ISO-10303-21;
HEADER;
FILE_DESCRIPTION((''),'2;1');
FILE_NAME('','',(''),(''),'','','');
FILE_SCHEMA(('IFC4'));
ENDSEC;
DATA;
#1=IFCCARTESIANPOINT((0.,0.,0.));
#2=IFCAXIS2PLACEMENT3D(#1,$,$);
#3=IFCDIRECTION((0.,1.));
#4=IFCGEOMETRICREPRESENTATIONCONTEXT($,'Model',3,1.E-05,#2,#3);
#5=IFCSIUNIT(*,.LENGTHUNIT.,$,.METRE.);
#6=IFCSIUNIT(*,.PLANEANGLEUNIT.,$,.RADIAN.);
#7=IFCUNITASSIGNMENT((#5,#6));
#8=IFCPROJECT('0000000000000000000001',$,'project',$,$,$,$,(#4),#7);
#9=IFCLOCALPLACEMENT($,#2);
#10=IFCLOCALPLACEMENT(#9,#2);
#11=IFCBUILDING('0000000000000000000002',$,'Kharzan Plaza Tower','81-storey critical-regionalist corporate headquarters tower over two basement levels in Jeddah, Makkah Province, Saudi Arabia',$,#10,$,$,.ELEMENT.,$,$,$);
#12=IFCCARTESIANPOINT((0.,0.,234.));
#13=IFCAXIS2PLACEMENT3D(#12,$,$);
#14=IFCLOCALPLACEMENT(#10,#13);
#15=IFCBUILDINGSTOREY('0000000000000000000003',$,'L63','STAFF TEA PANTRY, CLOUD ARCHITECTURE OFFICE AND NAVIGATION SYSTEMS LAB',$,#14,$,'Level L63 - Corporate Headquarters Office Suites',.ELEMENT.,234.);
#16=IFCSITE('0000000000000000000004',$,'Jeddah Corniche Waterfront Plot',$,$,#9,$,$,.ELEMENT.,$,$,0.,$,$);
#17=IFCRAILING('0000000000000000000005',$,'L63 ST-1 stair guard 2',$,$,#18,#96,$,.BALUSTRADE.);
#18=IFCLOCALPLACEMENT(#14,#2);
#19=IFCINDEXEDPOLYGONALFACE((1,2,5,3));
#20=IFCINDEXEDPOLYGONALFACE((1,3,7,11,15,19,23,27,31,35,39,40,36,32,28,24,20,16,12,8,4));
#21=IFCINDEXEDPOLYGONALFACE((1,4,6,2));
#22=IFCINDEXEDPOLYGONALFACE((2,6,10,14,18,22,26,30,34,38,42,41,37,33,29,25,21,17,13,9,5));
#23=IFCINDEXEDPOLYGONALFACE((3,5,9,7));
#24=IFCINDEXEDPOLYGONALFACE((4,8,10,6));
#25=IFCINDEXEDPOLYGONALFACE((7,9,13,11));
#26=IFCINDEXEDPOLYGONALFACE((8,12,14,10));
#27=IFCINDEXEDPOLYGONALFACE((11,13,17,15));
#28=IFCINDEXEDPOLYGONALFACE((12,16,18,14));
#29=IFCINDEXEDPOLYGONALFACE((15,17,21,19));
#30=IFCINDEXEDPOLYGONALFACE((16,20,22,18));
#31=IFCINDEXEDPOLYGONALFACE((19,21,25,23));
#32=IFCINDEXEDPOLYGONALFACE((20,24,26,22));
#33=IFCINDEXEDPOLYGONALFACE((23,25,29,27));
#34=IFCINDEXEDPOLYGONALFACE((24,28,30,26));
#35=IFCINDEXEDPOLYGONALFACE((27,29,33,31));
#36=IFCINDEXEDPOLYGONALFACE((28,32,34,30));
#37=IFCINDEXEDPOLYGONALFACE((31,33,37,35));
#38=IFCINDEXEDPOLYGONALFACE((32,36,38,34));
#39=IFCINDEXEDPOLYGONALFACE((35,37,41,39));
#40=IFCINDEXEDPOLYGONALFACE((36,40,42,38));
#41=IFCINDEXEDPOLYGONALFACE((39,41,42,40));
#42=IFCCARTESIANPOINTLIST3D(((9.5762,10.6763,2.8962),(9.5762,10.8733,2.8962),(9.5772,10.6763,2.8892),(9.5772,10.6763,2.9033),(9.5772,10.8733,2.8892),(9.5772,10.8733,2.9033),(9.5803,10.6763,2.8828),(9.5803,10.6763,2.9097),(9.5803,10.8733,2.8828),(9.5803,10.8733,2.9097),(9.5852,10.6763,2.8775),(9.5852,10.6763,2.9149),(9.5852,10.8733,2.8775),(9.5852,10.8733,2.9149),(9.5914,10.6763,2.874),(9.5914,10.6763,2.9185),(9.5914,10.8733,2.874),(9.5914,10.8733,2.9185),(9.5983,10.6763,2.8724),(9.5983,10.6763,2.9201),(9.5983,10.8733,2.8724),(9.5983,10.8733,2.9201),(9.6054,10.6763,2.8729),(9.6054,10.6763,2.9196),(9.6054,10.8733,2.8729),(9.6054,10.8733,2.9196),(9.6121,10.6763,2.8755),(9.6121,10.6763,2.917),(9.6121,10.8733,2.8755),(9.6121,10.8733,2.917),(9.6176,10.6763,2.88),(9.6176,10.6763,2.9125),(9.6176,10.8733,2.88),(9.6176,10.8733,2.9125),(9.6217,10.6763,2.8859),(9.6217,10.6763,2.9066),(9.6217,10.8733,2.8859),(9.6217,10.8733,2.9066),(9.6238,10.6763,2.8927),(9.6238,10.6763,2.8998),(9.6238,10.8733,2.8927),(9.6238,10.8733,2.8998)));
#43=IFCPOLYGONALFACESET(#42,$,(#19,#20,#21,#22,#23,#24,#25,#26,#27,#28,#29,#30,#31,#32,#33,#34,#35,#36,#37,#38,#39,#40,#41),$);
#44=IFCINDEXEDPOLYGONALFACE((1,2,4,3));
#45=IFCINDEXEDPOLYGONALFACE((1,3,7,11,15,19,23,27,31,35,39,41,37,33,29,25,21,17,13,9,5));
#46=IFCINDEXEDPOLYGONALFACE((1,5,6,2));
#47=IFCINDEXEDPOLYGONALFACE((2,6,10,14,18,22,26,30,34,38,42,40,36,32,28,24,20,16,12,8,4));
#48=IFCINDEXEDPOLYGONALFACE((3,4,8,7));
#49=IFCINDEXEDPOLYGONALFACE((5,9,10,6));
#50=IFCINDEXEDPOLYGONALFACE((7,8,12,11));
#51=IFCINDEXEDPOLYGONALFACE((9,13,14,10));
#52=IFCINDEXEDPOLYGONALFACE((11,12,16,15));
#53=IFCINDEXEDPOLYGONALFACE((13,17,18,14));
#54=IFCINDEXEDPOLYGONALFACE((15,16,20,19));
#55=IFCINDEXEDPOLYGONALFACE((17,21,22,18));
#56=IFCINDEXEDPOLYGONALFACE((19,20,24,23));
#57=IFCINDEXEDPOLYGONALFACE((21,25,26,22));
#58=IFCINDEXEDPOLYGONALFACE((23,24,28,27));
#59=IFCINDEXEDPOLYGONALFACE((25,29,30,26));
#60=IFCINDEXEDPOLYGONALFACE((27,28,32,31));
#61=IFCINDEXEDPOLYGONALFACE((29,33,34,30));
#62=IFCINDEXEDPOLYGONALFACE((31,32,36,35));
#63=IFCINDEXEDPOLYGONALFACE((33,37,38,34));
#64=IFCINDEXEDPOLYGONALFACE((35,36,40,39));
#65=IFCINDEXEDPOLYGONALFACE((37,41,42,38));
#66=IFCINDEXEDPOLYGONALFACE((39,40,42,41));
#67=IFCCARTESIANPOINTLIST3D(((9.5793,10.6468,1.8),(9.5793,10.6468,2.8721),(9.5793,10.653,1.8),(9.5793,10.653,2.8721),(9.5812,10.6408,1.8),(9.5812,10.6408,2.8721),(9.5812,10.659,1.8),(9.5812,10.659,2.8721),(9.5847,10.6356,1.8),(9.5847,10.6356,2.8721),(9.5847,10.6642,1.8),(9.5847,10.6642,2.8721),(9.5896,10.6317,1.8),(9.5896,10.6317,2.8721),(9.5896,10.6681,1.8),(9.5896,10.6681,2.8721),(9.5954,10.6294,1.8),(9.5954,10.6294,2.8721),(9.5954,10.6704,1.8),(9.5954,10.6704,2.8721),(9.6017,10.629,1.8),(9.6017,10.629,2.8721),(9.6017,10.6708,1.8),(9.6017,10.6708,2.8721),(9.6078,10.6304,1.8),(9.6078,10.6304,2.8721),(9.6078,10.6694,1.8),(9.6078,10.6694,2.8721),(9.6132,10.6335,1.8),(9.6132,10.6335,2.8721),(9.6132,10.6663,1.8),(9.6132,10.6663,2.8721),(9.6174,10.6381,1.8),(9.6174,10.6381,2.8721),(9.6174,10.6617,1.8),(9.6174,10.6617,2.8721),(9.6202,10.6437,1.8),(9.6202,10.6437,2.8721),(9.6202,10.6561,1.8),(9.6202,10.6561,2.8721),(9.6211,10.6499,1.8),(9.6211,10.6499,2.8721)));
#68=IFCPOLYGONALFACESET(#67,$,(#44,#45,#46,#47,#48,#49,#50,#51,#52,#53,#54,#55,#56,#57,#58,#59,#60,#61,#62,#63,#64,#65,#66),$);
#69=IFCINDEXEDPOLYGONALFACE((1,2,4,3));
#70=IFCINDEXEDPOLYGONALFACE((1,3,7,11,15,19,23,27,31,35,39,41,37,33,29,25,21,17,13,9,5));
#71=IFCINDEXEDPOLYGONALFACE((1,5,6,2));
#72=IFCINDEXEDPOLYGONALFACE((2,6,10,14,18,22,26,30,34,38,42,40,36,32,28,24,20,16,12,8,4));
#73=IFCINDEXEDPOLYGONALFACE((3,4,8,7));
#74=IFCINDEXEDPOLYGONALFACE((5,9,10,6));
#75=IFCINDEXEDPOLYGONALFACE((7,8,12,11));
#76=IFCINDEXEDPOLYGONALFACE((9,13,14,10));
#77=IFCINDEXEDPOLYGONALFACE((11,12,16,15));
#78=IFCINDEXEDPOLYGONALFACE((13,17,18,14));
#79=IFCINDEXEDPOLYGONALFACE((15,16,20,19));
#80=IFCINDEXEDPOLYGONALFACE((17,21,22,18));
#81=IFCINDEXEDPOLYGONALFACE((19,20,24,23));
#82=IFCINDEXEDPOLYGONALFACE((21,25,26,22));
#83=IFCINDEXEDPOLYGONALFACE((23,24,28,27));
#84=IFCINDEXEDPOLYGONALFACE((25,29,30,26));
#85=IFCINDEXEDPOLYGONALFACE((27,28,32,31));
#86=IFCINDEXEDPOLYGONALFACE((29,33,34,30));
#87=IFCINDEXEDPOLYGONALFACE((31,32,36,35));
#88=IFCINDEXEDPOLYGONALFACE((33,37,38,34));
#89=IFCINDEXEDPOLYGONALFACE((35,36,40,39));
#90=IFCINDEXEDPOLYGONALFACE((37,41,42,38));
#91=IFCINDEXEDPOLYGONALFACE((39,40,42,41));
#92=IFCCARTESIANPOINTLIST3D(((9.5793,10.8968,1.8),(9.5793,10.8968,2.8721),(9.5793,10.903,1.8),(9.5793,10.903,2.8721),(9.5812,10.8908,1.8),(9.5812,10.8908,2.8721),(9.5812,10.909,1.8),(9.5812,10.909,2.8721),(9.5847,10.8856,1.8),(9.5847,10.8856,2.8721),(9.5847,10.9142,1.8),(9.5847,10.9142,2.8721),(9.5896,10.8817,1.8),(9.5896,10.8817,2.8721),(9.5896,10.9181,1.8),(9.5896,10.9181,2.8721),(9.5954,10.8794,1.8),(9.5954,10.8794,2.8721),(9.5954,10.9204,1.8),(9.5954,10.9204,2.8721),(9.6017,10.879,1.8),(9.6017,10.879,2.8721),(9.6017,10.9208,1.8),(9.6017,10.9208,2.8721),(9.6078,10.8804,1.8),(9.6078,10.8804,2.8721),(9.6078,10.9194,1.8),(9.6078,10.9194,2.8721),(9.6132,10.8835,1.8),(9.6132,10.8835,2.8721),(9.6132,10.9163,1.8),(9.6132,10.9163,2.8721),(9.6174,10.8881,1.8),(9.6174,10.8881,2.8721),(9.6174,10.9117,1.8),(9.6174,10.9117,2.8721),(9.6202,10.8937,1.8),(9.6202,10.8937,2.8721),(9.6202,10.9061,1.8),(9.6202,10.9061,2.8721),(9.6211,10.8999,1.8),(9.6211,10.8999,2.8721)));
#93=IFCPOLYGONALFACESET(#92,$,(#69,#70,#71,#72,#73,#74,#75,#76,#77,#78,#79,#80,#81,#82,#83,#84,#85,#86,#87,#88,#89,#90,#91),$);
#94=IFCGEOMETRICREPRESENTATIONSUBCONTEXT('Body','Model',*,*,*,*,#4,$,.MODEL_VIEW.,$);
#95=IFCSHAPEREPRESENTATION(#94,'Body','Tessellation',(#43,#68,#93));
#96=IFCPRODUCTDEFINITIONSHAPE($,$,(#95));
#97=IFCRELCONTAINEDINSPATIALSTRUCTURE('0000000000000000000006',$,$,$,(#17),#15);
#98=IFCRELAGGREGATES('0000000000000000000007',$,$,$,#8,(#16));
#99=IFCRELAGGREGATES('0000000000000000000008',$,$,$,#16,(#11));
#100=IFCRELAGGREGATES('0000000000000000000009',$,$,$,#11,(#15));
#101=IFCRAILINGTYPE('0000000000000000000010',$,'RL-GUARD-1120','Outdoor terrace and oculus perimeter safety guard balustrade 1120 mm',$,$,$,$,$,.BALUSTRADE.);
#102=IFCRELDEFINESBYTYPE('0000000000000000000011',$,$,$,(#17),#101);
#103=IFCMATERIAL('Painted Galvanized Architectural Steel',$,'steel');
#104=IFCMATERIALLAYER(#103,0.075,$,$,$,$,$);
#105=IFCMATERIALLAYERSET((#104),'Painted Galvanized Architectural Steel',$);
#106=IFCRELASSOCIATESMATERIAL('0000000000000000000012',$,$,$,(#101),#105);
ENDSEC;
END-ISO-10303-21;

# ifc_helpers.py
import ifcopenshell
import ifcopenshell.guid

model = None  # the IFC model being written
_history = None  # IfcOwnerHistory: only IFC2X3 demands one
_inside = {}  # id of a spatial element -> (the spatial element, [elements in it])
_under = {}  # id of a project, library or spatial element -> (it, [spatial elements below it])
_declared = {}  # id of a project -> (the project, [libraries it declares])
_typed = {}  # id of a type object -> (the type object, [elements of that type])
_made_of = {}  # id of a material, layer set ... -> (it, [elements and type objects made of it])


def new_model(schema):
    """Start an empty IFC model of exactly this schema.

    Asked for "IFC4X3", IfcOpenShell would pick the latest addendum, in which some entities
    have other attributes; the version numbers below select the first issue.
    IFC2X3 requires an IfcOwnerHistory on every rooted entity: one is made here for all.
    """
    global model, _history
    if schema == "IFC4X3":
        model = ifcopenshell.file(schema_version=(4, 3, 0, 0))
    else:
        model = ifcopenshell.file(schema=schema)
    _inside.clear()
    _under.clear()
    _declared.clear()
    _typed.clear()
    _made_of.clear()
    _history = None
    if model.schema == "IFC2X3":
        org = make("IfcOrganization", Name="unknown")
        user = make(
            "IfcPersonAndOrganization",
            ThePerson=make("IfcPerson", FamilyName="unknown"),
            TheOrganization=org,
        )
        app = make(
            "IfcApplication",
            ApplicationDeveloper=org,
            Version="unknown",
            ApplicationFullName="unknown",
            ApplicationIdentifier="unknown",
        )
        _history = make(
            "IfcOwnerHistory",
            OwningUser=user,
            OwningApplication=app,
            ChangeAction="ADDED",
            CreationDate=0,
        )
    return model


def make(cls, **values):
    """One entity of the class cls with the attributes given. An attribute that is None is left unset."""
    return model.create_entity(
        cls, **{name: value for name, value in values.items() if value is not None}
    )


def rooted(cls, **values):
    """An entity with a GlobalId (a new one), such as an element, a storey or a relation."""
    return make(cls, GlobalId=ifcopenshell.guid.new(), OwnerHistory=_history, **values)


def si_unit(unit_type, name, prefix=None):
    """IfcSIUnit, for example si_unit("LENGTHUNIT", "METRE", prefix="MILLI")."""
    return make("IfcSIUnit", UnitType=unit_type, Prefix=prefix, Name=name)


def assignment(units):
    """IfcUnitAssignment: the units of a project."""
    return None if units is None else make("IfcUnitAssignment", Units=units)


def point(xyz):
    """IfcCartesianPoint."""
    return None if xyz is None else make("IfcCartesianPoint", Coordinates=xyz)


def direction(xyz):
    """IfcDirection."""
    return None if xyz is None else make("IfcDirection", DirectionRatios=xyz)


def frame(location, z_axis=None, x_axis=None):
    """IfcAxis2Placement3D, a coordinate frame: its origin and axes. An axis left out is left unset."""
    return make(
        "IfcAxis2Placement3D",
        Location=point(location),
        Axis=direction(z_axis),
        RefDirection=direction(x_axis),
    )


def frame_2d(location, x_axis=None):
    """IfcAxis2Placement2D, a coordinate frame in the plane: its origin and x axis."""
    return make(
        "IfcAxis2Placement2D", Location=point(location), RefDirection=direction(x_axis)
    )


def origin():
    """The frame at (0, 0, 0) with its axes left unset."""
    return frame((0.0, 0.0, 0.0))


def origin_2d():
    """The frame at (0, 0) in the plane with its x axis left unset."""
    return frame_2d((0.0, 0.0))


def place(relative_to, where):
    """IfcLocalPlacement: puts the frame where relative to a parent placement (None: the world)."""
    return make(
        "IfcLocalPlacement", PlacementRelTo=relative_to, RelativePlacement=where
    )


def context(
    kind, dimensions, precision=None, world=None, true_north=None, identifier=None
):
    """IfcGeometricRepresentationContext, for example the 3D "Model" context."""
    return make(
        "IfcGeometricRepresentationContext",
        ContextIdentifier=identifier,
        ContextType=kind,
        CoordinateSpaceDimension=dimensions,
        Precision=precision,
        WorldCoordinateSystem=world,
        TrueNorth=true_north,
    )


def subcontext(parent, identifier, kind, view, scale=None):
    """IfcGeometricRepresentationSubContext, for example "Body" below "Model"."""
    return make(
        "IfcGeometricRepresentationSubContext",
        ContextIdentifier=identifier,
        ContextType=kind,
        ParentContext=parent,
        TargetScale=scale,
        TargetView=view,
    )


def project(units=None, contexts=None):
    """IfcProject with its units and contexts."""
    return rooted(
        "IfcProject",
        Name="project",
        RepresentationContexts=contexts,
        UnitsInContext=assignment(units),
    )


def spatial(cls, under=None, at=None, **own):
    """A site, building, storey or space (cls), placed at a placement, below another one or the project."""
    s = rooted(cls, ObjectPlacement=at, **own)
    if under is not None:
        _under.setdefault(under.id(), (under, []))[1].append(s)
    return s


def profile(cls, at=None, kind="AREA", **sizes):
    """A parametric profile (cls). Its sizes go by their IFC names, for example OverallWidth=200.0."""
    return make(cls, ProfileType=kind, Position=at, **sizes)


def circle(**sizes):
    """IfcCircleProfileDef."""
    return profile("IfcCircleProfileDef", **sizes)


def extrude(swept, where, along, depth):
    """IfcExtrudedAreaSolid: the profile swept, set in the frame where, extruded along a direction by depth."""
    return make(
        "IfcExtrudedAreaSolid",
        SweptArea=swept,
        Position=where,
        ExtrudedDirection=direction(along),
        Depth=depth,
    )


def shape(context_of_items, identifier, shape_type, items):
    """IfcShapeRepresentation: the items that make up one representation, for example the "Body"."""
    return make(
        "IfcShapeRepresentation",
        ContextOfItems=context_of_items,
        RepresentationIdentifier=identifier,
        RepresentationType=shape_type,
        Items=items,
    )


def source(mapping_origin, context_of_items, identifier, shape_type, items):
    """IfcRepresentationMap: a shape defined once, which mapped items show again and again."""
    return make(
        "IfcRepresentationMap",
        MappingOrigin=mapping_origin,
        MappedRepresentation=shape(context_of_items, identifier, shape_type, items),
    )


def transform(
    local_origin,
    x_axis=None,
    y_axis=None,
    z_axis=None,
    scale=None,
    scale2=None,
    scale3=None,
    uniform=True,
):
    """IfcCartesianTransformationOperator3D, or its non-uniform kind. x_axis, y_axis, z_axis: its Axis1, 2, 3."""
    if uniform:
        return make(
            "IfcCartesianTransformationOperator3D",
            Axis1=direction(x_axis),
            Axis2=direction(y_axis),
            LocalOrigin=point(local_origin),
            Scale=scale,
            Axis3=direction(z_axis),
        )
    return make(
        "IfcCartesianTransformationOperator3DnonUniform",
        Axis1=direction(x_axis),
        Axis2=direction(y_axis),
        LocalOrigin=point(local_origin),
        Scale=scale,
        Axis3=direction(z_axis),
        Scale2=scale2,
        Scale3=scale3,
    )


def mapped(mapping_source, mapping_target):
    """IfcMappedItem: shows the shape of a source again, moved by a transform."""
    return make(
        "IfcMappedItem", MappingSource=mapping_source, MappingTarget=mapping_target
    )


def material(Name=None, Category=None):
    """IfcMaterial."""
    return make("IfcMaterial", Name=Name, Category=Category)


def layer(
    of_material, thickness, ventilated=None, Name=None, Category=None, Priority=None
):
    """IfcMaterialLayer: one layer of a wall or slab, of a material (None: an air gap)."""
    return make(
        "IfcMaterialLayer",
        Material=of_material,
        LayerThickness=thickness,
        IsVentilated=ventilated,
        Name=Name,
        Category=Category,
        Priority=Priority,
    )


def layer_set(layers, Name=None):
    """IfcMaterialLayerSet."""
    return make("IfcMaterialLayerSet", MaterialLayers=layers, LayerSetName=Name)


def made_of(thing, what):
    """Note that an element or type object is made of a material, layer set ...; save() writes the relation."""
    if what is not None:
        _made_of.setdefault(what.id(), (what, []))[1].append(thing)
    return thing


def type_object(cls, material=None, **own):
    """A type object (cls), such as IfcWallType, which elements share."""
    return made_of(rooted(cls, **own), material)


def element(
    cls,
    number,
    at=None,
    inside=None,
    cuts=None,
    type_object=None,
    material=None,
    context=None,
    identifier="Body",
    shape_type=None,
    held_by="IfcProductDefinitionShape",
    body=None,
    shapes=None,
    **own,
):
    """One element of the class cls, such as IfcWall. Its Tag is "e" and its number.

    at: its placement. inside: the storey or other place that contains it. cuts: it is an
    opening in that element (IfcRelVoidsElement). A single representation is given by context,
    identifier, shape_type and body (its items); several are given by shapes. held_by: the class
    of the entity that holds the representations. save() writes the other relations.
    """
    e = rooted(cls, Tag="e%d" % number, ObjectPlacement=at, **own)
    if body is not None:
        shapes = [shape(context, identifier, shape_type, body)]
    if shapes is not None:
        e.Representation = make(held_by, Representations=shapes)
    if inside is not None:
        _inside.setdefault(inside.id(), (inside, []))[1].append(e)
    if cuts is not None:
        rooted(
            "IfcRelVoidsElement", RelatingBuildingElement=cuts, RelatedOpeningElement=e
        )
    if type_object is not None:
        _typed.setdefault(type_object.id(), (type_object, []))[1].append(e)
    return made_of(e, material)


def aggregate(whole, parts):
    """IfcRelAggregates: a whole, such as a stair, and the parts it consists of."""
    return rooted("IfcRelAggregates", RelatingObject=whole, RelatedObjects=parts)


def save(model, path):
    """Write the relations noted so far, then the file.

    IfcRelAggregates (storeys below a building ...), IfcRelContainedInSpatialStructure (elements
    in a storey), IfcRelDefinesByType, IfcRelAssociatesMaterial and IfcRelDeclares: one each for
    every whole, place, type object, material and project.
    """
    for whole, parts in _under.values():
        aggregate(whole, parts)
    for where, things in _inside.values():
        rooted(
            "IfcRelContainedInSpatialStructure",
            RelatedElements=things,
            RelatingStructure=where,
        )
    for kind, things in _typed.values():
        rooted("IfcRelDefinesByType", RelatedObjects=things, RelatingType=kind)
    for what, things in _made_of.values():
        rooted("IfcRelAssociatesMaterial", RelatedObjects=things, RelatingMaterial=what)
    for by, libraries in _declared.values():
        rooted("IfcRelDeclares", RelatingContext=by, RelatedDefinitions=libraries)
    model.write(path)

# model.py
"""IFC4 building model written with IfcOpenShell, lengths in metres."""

from ifc_helpers import new_model, si_unit, direction, frame, origin, origin_2d, place, context, subcontext, project, spatial, circle, extrude, source, transform, mapped, material, layer, layer_set, type_object, element, save


model = new_model("IFC4")

# Units and contexts
model_context = context("Model", 3, precision=1e-05, world=origin(), true_north=direction((0.0, 1.0)))
body_context = subcontext(model_context, "Body", "Model", "MODEL_VIEW")
ifc_project = project(units=[si_unit("LENGTHUNIT", "METRE"), si_unit("PLANEANGLEUNIT", "RADIAN")], contexts=[model_context])

# Site, building, storey
site_placement = place(None, origin())
site = spatial("IfcSite", under=ifc_project, at=site_placement, Name="Jeddah Corniche Waterfront Plot", CompositionType="ELEMENT", RefElevation=0.0)
building_placement = place(site_placement, origin())
building = spatial("IfcBuilding", under=site, at=building_placement, Name="Kharzan Plaza Tower", Description="81-storey critical-regionalist corporate headquarters tower over two basement levels in Jeddah, Makkah Province, Saudi Arabia", CompositionType="ELEMENT")
storey_placement = place(building_placement, frame((0.0, 0.0, 234.0)))
storey = spatial("IfcBuildingStorey", under=building, at=storey_placement, Name="L63", Description="STAFF TEA PANTRY, CLOUD ARCHITECTURE OFFICE AND NAVIGATION SYSTEMS LAB", LongName="Level L63 - Corporate Headquarters Office Suites", CompositionType="ELEMENT", Elevation=234.0)

# Railing
ifc_material_1 = material(Name="Painted Galvanized Architectural Steel", Category="steel")
ifc_layer_1 = layer(ifc_material_1, 0.075)
ifc_layer_set_1 = layer_set([ifc_layer_1], Name="Painted Galvanized Architectural Steel")
railing_type_1 = type_object("IfcRailingType", Name="RL-GUARD-1120", Description="Outdoor terrace and oculus perimeter safety guard balustrade 1120 mm", PredefinedType="BALUSTRADE", material=ifc_layer_set_1)
shared_shape_1 = source(origin(), body_context, "Body", "SweptSolid", [
    extrude(circle(Radius=0.0239, at=origin_2d()), frame((0.0, 0.0264, 1.0962), z_axis=(0.0, 1.0, 0.0), x_axis=(-1.0, 0.0, 0.0)), (0.0, 0.0, 1.0), 0.197),
    extrude(circle(Radius=0.021, at=origin_2d()), origin(), (0.0, 0.0, 1.0), 1.072),
    extrude(circle(Radius=0.021, at=origin_2d()), frame((0.0, 0.25, 0.0)), (0.0, 0.0, 1.0), 1.072),
])
railing_1_placement = place(storey_placement, frame((9.6001, 10.6499, 1.8)))
element("IfcRailing", 1, at=railing_1_placement, inside=storey, type_object=railing_type_1, Name="L63 ST-1 stair guard 2", PredefinedType="BALUSTRADE", context=body_context, shape_type="MappedRepresentation", body=[
    mapped(shared_shape_1, transform((0.0, 0.0, 0.0), x_axis=(1.0, 0.0, 0.0), y_axis=(0.0, 1.0, 0.0), z_axis=(0.0, 0.0, 1.0))),
])

save(model, "model.ifc")
